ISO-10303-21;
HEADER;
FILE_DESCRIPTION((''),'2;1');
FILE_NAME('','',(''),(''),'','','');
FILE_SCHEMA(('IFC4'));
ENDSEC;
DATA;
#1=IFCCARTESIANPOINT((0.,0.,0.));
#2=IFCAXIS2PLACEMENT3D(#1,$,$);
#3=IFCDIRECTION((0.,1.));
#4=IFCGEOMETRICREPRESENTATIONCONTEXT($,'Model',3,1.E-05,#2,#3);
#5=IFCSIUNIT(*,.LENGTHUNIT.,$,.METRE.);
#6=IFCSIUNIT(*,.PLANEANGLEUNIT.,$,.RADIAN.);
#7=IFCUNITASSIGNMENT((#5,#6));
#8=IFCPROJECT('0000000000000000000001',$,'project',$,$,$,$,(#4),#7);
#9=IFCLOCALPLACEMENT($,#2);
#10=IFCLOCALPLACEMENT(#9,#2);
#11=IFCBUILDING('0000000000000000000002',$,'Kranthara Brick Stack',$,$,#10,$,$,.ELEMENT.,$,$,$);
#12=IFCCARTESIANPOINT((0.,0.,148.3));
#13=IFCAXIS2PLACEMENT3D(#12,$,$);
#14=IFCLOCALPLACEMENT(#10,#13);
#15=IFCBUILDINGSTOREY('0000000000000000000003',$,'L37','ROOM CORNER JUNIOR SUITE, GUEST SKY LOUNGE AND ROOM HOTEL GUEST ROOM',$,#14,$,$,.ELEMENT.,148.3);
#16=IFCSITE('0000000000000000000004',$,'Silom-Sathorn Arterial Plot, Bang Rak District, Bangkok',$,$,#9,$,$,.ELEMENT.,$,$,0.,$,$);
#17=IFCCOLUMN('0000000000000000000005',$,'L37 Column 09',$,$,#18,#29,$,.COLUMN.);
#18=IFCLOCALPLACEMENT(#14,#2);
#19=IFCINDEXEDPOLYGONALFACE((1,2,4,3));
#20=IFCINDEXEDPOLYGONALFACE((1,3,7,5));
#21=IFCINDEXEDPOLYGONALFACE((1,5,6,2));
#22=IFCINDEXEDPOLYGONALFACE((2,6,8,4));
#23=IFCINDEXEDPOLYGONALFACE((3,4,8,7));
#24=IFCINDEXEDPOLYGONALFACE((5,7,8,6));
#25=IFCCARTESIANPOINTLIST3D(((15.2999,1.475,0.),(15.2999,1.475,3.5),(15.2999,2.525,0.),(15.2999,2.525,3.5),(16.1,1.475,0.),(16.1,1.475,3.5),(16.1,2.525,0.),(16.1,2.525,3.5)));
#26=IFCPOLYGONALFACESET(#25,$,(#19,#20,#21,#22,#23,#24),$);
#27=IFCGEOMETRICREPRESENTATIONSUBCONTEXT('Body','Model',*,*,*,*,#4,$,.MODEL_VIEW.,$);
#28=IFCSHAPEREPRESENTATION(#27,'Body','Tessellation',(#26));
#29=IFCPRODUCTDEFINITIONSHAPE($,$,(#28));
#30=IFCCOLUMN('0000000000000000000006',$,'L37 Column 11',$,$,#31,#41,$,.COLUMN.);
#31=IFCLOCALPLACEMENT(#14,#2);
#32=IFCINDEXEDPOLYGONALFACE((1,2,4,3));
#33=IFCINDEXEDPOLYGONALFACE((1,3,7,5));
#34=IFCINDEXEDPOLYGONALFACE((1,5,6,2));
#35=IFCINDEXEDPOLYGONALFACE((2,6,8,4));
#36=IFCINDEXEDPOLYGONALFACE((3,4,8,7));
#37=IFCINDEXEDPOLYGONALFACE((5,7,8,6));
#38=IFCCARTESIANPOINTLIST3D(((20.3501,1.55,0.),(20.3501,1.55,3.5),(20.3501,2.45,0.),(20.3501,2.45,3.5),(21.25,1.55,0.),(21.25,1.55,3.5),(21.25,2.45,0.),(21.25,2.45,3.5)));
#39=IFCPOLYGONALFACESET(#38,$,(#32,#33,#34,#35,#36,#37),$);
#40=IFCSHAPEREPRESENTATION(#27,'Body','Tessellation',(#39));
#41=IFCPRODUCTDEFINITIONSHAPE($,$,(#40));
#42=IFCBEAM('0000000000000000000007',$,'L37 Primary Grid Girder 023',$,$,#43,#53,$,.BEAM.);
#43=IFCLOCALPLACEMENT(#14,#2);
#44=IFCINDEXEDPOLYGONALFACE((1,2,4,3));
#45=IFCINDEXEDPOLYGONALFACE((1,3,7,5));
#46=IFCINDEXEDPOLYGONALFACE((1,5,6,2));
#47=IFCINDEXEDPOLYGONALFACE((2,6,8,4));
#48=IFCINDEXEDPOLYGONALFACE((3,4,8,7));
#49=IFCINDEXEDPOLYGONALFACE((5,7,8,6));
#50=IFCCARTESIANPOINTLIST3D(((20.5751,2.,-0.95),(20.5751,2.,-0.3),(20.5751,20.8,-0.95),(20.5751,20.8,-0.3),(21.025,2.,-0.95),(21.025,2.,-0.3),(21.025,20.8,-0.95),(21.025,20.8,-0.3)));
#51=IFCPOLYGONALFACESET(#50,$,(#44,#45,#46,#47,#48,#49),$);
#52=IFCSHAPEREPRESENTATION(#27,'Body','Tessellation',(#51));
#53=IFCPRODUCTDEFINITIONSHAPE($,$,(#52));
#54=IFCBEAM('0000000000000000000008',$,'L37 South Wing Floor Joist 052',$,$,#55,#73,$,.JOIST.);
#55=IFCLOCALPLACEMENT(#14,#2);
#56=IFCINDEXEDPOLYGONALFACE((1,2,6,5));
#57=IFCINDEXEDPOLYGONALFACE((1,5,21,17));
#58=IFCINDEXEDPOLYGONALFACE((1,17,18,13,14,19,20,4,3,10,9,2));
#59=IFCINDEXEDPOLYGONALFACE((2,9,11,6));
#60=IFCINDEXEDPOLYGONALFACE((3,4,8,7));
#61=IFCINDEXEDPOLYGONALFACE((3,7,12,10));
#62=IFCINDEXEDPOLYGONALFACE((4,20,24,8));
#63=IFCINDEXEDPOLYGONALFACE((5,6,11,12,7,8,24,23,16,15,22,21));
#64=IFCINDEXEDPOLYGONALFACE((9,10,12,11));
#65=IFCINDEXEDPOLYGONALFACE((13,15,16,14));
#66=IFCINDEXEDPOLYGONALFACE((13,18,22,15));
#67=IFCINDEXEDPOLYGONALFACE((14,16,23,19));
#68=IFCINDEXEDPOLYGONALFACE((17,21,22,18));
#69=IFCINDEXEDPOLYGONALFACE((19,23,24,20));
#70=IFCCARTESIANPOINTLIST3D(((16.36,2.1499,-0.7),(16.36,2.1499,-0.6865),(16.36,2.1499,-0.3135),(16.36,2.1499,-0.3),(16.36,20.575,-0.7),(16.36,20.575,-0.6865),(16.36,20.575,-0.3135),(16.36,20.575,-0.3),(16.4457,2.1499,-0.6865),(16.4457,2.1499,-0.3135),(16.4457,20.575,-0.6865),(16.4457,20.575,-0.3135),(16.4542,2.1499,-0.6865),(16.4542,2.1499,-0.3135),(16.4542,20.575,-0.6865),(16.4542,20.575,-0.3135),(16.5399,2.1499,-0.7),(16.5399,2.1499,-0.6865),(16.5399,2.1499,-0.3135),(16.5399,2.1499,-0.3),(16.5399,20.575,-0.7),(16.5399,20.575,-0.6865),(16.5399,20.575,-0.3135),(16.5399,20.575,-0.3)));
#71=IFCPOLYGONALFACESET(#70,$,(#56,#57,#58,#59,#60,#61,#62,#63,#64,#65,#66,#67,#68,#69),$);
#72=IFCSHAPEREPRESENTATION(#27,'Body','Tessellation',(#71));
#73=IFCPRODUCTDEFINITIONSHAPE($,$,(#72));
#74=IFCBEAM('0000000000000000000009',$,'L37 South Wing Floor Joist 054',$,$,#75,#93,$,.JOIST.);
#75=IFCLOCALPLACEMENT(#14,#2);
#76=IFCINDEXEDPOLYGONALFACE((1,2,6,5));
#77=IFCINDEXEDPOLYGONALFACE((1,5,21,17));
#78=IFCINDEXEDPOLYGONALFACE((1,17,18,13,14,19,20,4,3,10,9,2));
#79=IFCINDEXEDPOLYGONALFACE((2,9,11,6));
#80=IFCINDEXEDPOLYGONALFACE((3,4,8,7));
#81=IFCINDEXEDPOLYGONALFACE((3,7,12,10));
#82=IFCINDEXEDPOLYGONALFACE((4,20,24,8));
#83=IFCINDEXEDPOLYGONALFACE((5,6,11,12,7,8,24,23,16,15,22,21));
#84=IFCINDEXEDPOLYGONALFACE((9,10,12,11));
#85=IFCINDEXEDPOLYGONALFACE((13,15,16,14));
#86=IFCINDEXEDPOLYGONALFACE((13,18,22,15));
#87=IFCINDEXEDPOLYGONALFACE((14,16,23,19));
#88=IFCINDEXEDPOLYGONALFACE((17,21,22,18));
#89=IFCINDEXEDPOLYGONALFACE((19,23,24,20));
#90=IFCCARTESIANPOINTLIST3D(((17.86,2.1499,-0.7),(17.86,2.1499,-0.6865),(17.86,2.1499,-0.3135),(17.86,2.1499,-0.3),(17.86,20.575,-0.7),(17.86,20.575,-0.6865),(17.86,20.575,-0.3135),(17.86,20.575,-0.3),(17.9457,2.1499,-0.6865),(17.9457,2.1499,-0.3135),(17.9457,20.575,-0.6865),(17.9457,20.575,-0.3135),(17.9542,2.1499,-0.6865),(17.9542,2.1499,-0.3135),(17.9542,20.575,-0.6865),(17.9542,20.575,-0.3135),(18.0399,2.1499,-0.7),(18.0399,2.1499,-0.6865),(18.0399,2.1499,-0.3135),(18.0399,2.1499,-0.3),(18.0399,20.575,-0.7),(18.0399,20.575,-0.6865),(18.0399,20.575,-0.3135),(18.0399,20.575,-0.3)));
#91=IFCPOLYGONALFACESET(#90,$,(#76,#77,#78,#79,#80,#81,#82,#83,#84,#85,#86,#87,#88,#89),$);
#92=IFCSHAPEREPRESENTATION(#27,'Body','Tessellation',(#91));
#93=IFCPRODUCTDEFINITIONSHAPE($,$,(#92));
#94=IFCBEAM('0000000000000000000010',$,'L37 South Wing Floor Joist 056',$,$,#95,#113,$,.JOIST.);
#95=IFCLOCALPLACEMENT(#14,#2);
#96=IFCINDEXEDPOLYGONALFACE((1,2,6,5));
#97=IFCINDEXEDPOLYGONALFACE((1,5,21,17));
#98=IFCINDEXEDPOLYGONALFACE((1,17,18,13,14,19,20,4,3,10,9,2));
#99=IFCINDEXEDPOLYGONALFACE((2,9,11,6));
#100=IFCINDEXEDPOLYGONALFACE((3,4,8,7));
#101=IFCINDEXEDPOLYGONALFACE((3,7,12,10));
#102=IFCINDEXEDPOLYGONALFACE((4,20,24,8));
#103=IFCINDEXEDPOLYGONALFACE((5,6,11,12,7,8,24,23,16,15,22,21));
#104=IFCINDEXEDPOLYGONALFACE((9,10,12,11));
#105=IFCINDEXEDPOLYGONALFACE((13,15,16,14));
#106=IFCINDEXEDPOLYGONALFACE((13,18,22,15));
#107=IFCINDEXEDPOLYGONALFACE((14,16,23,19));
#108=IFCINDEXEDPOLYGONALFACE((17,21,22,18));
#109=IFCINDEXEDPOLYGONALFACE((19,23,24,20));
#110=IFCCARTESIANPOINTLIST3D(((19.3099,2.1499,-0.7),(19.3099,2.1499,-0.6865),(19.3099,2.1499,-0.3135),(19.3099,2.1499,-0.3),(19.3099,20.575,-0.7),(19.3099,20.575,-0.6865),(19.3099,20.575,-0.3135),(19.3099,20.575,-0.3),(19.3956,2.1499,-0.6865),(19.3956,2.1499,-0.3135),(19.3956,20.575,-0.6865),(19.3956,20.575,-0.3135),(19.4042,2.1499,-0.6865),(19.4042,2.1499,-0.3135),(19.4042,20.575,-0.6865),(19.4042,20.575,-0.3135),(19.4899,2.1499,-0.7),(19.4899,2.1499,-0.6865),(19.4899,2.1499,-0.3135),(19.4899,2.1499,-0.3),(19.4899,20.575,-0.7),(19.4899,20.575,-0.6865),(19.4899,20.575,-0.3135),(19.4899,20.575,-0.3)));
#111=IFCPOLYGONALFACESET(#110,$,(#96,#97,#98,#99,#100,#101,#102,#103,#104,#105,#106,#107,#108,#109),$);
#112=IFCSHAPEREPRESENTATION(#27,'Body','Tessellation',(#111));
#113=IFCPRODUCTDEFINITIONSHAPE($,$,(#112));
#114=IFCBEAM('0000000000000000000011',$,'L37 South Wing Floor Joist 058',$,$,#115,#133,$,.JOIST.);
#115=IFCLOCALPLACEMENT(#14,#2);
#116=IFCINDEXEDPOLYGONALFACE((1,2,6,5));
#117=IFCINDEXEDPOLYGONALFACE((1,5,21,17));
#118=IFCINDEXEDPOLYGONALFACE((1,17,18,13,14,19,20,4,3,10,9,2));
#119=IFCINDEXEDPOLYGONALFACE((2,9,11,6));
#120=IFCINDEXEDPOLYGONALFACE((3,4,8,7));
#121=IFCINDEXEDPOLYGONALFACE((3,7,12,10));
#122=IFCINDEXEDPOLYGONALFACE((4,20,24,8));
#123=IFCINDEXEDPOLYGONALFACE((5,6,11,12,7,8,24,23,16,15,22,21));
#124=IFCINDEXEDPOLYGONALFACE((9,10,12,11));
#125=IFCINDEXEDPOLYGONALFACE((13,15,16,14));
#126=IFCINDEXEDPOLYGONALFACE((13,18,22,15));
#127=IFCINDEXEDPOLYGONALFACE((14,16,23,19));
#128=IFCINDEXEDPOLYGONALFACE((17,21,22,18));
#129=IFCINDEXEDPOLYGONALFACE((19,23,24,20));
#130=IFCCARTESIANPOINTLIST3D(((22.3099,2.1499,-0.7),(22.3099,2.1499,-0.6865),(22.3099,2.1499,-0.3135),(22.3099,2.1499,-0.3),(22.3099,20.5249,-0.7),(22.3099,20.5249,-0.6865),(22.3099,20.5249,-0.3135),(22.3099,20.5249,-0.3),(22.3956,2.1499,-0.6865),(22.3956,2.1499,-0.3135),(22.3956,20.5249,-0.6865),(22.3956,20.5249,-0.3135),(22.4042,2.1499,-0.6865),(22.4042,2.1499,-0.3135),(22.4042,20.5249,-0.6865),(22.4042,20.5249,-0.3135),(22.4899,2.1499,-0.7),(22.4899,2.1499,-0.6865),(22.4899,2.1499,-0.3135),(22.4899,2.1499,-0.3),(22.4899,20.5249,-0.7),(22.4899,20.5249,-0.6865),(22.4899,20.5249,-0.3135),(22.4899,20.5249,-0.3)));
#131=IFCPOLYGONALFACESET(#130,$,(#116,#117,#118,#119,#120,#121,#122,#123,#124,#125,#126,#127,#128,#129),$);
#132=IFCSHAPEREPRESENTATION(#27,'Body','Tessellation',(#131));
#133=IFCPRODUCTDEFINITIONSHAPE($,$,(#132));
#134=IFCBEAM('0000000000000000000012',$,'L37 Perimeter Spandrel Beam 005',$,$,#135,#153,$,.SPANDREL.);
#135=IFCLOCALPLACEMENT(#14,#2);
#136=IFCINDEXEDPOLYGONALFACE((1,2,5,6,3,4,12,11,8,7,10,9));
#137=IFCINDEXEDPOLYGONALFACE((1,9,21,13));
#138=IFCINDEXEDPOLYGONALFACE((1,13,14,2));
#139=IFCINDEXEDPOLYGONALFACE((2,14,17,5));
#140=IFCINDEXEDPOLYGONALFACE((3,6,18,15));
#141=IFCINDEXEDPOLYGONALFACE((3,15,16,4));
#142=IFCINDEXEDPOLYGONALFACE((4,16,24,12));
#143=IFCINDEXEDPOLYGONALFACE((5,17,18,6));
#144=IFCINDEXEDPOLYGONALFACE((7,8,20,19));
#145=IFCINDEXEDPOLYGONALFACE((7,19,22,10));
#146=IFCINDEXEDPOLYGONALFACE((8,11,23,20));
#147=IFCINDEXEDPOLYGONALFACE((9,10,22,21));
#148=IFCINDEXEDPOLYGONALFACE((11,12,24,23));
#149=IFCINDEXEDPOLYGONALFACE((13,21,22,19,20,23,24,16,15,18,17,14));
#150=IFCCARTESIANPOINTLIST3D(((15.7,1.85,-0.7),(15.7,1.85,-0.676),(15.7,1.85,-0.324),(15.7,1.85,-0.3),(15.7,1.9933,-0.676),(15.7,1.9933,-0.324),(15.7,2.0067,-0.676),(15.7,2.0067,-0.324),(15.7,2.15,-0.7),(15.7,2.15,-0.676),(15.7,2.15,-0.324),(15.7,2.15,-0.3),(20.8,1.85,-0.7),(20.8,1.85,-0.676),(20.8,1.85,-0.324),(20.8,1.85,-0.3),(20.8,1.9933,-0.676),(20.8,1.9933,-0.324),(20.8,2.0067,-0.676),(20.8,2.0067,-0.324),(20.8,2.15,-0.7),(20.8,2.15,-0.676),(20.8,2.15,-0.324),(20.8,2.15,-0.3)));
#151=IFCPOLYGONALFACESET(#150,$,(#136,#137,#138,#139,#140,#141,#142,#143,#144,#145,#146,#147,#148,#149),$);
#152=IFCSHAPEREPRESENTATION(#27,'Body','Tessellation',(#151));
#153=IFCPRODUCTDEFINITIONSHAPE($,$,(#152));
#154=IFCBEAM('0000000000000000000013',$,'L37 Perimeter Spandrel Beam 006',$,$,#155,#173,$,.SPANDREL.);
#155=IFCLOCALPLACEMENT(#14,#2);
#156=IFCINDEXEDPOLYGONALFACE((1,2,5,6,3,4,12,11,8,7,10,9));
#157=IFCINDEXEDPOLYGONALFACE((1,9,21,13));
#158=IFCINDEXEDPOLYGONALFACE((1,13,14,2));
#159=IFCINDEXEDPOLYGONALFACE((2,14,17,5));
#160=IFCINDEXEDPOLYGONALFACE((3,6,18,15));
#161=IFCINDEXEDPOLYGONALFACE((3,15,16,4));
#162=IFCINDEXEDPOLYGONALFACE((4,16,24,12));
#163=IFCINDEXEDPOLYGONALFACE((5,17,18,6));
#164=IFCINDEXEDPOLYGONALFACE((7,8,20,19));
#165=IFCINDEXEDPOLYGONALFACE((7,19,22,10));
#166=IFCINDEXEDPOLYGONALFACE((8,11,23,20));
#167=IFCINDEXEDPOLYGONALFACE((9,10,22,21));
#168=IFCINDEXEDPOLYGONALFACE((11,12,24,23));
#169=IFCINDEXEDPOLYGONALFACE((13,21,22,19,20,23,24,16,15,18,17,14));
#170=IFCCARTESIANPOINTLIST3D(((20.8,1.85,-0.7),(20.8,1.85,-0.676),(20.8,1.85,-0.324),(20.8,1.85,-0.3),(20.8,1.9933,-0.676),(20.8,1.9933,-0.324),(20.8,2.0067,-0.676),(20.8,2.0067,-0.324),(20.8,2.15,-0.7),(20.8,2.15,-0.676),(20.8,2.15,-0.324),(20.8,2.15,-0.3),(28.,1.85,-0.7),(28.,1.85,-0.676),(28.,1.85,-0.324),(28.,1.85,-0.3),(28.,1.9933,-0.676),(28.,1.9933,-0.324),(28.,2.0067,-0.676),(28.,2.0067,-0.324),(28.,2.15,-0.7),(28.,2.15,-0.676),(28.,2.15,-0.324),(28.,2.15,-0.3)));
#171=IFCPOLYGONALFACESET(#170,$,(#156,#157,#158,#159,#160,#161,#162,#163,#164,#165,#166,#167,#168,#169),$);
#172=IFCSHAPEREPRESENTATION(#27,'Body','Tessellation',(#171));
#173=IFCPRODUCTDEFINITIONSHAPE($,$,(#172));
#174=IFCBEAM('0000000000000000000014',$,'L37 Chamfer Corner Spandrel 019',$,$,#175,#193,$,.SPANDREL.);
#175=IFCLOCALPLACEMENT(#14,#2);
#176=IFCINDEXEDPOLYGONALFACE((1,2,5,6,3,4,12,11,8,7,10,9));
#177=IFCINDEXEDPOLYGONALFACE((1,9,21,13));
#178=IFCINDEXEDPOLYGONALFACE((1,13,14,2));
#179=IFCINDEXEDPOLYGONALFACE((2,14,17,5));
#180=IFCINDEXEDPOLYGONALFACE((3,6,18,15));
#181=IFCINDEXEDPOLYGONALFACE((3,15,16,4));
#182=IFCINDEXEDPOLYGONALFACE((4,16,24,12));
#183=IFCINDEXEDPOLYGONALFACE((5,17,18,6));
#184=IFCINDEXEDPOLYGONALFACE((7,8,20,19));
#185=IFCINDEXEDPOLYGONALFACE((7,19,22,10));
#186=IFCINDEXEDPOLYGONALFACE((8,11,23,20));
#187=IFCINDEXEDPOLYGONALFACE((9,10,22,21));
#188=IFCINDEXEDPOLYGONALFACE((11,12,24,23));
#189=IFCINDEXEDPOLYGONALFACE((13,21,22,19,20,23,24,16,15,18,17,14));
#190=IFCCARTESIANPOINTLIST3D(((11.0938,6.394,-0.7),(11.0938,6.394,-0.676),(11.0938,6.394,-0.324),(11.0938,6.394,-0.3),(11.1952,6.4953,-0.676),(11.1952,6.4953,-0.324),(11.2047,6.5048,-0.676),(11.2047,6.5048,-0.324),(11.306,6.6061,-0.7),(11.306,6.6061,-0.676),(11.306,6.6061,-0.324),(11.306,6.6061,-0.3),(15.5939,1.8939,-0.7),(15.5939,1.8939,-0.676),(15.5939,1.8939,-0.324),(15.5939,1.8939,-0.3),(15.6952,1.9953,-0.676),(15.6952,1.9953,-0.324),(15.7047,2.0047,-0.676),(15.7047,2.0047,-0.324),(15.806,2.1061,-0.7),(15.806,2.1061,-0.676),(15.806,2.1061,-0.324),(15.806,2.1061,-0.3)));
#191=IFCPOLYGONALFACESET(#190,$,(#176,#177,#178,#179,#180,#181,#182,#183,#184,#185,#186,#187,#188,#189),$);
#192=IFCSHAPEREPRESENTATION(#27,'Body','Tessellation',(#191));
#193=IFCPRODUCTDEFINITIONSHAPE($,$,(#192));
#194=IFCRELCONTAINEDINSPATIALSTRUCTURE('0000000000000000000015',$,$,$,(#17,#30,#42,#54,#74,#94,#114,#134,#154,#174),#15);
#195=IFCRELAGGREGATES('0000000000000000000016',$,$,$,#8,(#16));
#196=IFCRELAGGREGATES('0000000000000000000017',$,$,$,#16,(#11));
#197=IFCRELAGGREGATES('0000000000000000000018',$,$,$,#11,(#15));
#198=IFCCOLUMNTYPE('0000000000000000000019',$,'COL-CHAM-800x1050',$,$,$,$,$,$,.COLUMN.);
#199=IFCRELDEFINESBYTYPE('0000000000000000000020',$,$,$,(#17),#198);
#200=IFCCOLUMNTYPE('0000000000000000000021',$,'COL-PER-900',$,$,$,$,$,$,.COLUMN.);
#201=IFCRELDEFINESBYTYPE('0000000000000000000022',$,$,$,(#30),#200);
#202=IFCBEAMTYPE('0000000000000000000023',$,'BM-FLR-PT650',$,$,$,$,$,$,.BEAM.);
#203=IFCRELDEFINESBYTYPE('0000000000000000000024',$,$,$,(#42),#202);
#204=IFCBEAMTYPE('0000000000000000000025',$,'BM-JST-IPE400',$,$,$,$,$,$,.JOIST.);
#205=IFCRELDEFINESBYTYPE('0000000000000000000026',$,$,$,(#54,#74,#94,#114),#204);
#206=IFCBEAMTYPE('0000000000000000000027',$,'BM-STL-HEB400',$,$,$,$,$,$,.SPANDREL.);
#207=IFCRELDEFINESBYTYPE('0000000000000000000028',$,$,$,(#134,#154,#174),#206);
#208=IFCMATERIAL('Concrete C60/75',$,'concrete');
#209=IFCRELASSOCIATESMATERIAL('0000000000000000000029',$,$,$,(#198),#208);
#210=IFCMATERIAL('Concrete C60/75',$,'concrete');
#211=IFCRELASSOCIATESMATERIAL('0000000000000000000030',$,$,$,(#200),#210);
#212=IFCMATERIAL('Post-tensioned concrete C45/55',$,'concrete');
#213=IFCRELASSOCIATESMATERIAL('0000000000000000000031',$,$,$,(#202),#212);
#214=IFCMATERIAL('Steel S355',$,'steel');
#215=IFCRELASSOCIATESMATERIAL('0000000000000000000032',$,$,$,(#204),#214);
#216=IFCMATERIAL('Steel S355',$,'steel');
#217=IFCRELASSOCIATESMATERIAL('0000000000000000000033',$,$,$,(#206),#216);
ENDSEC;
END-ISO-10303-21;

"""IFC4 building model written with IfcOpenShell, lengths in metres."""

from ifc_helpers import new_model, si_unit, direction, frame, origin, origin_2d, place, context, subcontext, project, spatial, rectangle, i_section, extrude, material, material_profile, profile_set, type_object, element, save


model = new_model("IFC4")

# Units and contexts
model_context = context("Model", 3, precision=1e-05, world=origin(), true_north=direction((0.0, 1.0)))
body_context = subcontext(model_context, "Body", "Model", "MODEL_VIEW")
ifc_project = project(units=[si_unit("LENGTHUNIT", "METRE"), si_unit("PLANEANGLEUNIT", "RADIAN")], contexts=[model_context])

# Site, building, storey
site_placement = place(None, origin())
site = spatial("IfcSite", under=ifc_project, at=site_placement, Name="Silom-Sathorn Arterial Plot, Bang Rak District, Bangkok", CompositionType="ELEMENT", RefElevation=0.0)
building_placement = place(site_placement, origin())
building = spatial("IfcBuilding", under=site, at=building_placement, Name="Kranthara Brick Stack", CompositionType="ELEMENT")
storey_placement = place(building_placement, frame((0.0, 0.0, 148.3)))
storey = spatial("IfcBuildingStorey", under=building, at=storey_placement, Name="L37", Description="ROOM CORNER JUNIOR SUITE, GUEST SKY LOUNGE AND ROOM HOTEL GUEST ROOM", CompositionType="ELEMENT", Elevation=148.3)

# Columns
ifc_material_1 = material(Name="Concrete C60/75", Category="concrete")
ifc_material_profile_1 = material_profile(ifc_material_1, rectangle(XDim=0.8, YDim=1.05, at=origin_2d()), Name="RC 800x1050")
ifc_profile_set_1 = profile_set([ifc_material_profile_1], Name="Concrete C60/75")
column_type_1 = type_object("IfcColumnType", Name="COL-CHAM-800x1050", PredefinedType="COLUMN", material=ifc_profile_set_1)
column_1_placement = place(storey_placement, frame((15.7, 2.0, 0.0), z_axis=(0.0, 0.0, 1.0), x_axis=(1.0, 0.0, 0.0)))
element("IfcColumn", 1, at=column_1_placement, inside=storey, type_object=column_type_1, Name="L37 Column 09", PredefinedType="COLUMN", context=body_context, shape_type="SweptSolid", body=[
    extrude(rectangle(XDim=0.8, YDim=1.05, at=origin_2d()), origin(), (0.0, 0.0, 1.0), 3.5),
])
ifc_material_2 = material(Name="Concrete C60/75", Category="concrete")
ifc_material_profile_2 = material_profile(ifc_material_2, rectangle(XDim=0.8999, YDim=0.8999, at=origin_2d()), Name="RC 900x900")
ifc_profile_set_2 = profile_set([ifc_material_profile_2], Name="Concrete C60/75")
column_type_2 = type_object("IfcColumnType", Name="COL-PER-900", PredefinedType="COLUMN", material=ifc_profile_set_2)
column_2_placement = place(storey_placement, frame((20.8, 2.0, 0.0), z_axis=(0.0, 0.0, 1.0), x_axis=(1.0, 0.0, 0.0)))
element("IfcColumn", 2, at=column_2_placement, inside=storey, type_object=column_type_2, Name="L37 Column 11", PredefinedType="COLUMN", context=body_context, shape_type="SweptSolid", body=[
    extrude(rectangle(XDim=0.8999, YDim=0.8999, at=origin_2d()), origin(), (0.0, 0.0, 1.0), 3.5),
])

# Beams
ifc_material_3 = material(Name="Post-tensioned concrete C45/55", Category="concrete")
ifc_material_profile_3 = material_profile(ifc_material_3, rectangle(XDim=0.45, YDim=0.6499, at=origin_2d()), Name="PT 450x650")
ifc_profile_set_3 = profile_set([ifc_material_profile_3], Name="Post-tensioned concrete C45/55")
beam_type_1 = type_object("IfcBeamType", Name="BM-FLR-PT650", PredefinedType="BEAM", material=ifc_profile_set_3)
beam_1_placement = place(storey_placement, frame((20.8, 2.0, -0.625), z_axis=(0.0, 1.0, 0.0), x_axis=(-1.0, 0.0, 0.0)))
element("IfcBeam", 3, at=beam_1_placement, inside=storey, type_object=beam_type_1, Name="L37 Primary Grid Girder 023", PredefinedType="BEAM", context=body_context, shape_type="SweptSolid", body=[
    extrude(rectangle(XDim=0.45, YDim=0.6499, at=origin_2d()), origin(), (0.0, 0.0, 1.0), 18.8),
])
ifc_material_4 = material(Name="Steel S355", Category="steel")
ifc_material_profile_4 = material_profile(ifc_material_4, i_section(OverallWidth=0.1799, OverallDepth=0.3999, WebThickness=0.0085, FlangeThickness=0.0134, at=origin_2d()), Name="IPE 400")
ifc_profile_set_4 = profile_set([ifc_material_profile_4], Name="Steel S355")
beam_type_2 = type_object("IfcBeamType", Name="BM-JST-IPE400", PredefinedType="JOIST", material=ifc_profile_set_4)
for number, where, z_axis, x_axis, name in (
    (4, (16.45, 2.1499, -0.5), (0.0, 1.0, 0.0), (-1.0, 0.0, 0.0), "L37 South Wing Floor Joist 052"),
    (5, (17.95, 2.1499, -0.5), (0.0, 1.0, 0.0), (-1.0, 0.0, 0.0), "L37 South Wing Floor Joist 054"),
    (6, (19.3999, 2.1499, -0.5), (0.0, 1.0, 0.0), (-1.0, 0.0, 0.0), "L37 South Wing Floor Joist 056"),
):
    element("IfcBeam", number, at=place(storey_placement, frame(where, z_axis=z_axis, x_axis=x_axis)), inside=storey, type_object=beam_type_2, Name=name, PredefinedType="JOIST", context=body_context, shape_type="SweptSolid", body=[
        extrude(i_section(OverallWidth=0.1799, OverallDepth=0.3999, WebThickness=0.0085, FlangeThickness=0.0134, at=origin_2d()), origin(), (0.0, 0.0, 1.0), 18.425),
    ])
beam_2_placement = place(storey_placement, frame((22.3999, 2.1499, -0.5), z_axis=(0.0, 1.0, 0.0), x_axis=(-1.0, 0.0, 0.0)))
element("IfcBeam", 7, at=beam_2_placement, inside=storey, type_object=beam_type_2, Name="L37 South Wing Floor Joist 058", PredefinedType="JOIST", context=body_context, shape_type="SweptSolid", body=[
    extrude(i_section(OverallWidth=0.1799, OverallDepth=0.3999, WebThickness=0.0085, FlangeThickness=0.0134, at=origin_2d()), origin(), (0.0, 0.0, 1.0), 18.375),
])
ifc_material_5 = material(Name="Steel S355", Category="steel")
ifc_material_profile_5 = material_profile(ifc_material_5, i_section(OverallWidth=0.3, OverallDepth=0.3999, WebThickness=0.0134, FlangeThickness=0.0239, at=origin_2d()), Name="HEB 400")
ifc_profile_set_5 = profile_set([ifc_material_profile_5], Name="Steel S355")
beam_type_3 = type_object("IfcBeamType", Name="BM-STL-HEB400", PredefinedType="SPANDREL", material=ifc_profile_set_5)
beam_3_placement = place(storey_placement, frame((15.7, 2.0, -0.5), z_axis=(1.0, 0.0, 0.0), x_axis=(0.0, 1.0, 0.0)))
element("IfcBeam", 8, at=beam_3_placement, inside=storey, type_object=beam_type_3, Name="L37 Perimeter Spandrel Beam 005", PredefinedType="SPANDREL", context=body_context, shape_type="SweptSolid", body=[
    extrude(i_section(OverallWidth=0.3, OverallDepth=0.3999, WebThickness=0.0134, FlangeThickness=0.0239, at=origin_2d()), origin(), (0.0, 0.0, 1.0), 5.1001),
])
beam_4_placement = place(storey_placement, frame((20.8, 2.0, -0.5), z_axis=(1.0, 0.0, 0.0), x_axis=(0.0, 1.0, 0.0)))
element("IfcBeam", 9, at=beam_4_placement, inside=storey, type_object=beam_type_3, Name="L37 Perimeter Spandrel Beam 006", PredefinedType="SPANDREL", context=body_context, shape_type="SweptSolid", body=[
    extrude(i_section(OverallWidth=0.3, OverallDepth=0.3999, WebThickness=0.0134, FlangeThickness=0.0239, at=origin_2d()), origin(), (0.0, 0.0, 1.0), 7.2),
])
beam_5_placement = place(storey_placement, frame((15.7, 2.0, -0.5), z_axis=(-0.707107, 0.707107, 0.0), x_axis=(-0.707107, -0.707107, 0.0)))
element("IfcBeam", 10, at=beam_5_placement, inside=storey, type_object=beam_type_3, Name="L37 Chamfer Corner Spandrel 019", PredefinedType="SPANDREL", context=body_context, shape_type="SweptSolid", body=[
    extrude(i_section(OverallWidth=0.3, OverallDepth=0.3999, WebThickness=0.0134, FlangeThickness=0.0239, at=origin_2d()), origin(), (0.0, 0.0, 1.0), 6.364),
])

save(model, "model.ifc")
